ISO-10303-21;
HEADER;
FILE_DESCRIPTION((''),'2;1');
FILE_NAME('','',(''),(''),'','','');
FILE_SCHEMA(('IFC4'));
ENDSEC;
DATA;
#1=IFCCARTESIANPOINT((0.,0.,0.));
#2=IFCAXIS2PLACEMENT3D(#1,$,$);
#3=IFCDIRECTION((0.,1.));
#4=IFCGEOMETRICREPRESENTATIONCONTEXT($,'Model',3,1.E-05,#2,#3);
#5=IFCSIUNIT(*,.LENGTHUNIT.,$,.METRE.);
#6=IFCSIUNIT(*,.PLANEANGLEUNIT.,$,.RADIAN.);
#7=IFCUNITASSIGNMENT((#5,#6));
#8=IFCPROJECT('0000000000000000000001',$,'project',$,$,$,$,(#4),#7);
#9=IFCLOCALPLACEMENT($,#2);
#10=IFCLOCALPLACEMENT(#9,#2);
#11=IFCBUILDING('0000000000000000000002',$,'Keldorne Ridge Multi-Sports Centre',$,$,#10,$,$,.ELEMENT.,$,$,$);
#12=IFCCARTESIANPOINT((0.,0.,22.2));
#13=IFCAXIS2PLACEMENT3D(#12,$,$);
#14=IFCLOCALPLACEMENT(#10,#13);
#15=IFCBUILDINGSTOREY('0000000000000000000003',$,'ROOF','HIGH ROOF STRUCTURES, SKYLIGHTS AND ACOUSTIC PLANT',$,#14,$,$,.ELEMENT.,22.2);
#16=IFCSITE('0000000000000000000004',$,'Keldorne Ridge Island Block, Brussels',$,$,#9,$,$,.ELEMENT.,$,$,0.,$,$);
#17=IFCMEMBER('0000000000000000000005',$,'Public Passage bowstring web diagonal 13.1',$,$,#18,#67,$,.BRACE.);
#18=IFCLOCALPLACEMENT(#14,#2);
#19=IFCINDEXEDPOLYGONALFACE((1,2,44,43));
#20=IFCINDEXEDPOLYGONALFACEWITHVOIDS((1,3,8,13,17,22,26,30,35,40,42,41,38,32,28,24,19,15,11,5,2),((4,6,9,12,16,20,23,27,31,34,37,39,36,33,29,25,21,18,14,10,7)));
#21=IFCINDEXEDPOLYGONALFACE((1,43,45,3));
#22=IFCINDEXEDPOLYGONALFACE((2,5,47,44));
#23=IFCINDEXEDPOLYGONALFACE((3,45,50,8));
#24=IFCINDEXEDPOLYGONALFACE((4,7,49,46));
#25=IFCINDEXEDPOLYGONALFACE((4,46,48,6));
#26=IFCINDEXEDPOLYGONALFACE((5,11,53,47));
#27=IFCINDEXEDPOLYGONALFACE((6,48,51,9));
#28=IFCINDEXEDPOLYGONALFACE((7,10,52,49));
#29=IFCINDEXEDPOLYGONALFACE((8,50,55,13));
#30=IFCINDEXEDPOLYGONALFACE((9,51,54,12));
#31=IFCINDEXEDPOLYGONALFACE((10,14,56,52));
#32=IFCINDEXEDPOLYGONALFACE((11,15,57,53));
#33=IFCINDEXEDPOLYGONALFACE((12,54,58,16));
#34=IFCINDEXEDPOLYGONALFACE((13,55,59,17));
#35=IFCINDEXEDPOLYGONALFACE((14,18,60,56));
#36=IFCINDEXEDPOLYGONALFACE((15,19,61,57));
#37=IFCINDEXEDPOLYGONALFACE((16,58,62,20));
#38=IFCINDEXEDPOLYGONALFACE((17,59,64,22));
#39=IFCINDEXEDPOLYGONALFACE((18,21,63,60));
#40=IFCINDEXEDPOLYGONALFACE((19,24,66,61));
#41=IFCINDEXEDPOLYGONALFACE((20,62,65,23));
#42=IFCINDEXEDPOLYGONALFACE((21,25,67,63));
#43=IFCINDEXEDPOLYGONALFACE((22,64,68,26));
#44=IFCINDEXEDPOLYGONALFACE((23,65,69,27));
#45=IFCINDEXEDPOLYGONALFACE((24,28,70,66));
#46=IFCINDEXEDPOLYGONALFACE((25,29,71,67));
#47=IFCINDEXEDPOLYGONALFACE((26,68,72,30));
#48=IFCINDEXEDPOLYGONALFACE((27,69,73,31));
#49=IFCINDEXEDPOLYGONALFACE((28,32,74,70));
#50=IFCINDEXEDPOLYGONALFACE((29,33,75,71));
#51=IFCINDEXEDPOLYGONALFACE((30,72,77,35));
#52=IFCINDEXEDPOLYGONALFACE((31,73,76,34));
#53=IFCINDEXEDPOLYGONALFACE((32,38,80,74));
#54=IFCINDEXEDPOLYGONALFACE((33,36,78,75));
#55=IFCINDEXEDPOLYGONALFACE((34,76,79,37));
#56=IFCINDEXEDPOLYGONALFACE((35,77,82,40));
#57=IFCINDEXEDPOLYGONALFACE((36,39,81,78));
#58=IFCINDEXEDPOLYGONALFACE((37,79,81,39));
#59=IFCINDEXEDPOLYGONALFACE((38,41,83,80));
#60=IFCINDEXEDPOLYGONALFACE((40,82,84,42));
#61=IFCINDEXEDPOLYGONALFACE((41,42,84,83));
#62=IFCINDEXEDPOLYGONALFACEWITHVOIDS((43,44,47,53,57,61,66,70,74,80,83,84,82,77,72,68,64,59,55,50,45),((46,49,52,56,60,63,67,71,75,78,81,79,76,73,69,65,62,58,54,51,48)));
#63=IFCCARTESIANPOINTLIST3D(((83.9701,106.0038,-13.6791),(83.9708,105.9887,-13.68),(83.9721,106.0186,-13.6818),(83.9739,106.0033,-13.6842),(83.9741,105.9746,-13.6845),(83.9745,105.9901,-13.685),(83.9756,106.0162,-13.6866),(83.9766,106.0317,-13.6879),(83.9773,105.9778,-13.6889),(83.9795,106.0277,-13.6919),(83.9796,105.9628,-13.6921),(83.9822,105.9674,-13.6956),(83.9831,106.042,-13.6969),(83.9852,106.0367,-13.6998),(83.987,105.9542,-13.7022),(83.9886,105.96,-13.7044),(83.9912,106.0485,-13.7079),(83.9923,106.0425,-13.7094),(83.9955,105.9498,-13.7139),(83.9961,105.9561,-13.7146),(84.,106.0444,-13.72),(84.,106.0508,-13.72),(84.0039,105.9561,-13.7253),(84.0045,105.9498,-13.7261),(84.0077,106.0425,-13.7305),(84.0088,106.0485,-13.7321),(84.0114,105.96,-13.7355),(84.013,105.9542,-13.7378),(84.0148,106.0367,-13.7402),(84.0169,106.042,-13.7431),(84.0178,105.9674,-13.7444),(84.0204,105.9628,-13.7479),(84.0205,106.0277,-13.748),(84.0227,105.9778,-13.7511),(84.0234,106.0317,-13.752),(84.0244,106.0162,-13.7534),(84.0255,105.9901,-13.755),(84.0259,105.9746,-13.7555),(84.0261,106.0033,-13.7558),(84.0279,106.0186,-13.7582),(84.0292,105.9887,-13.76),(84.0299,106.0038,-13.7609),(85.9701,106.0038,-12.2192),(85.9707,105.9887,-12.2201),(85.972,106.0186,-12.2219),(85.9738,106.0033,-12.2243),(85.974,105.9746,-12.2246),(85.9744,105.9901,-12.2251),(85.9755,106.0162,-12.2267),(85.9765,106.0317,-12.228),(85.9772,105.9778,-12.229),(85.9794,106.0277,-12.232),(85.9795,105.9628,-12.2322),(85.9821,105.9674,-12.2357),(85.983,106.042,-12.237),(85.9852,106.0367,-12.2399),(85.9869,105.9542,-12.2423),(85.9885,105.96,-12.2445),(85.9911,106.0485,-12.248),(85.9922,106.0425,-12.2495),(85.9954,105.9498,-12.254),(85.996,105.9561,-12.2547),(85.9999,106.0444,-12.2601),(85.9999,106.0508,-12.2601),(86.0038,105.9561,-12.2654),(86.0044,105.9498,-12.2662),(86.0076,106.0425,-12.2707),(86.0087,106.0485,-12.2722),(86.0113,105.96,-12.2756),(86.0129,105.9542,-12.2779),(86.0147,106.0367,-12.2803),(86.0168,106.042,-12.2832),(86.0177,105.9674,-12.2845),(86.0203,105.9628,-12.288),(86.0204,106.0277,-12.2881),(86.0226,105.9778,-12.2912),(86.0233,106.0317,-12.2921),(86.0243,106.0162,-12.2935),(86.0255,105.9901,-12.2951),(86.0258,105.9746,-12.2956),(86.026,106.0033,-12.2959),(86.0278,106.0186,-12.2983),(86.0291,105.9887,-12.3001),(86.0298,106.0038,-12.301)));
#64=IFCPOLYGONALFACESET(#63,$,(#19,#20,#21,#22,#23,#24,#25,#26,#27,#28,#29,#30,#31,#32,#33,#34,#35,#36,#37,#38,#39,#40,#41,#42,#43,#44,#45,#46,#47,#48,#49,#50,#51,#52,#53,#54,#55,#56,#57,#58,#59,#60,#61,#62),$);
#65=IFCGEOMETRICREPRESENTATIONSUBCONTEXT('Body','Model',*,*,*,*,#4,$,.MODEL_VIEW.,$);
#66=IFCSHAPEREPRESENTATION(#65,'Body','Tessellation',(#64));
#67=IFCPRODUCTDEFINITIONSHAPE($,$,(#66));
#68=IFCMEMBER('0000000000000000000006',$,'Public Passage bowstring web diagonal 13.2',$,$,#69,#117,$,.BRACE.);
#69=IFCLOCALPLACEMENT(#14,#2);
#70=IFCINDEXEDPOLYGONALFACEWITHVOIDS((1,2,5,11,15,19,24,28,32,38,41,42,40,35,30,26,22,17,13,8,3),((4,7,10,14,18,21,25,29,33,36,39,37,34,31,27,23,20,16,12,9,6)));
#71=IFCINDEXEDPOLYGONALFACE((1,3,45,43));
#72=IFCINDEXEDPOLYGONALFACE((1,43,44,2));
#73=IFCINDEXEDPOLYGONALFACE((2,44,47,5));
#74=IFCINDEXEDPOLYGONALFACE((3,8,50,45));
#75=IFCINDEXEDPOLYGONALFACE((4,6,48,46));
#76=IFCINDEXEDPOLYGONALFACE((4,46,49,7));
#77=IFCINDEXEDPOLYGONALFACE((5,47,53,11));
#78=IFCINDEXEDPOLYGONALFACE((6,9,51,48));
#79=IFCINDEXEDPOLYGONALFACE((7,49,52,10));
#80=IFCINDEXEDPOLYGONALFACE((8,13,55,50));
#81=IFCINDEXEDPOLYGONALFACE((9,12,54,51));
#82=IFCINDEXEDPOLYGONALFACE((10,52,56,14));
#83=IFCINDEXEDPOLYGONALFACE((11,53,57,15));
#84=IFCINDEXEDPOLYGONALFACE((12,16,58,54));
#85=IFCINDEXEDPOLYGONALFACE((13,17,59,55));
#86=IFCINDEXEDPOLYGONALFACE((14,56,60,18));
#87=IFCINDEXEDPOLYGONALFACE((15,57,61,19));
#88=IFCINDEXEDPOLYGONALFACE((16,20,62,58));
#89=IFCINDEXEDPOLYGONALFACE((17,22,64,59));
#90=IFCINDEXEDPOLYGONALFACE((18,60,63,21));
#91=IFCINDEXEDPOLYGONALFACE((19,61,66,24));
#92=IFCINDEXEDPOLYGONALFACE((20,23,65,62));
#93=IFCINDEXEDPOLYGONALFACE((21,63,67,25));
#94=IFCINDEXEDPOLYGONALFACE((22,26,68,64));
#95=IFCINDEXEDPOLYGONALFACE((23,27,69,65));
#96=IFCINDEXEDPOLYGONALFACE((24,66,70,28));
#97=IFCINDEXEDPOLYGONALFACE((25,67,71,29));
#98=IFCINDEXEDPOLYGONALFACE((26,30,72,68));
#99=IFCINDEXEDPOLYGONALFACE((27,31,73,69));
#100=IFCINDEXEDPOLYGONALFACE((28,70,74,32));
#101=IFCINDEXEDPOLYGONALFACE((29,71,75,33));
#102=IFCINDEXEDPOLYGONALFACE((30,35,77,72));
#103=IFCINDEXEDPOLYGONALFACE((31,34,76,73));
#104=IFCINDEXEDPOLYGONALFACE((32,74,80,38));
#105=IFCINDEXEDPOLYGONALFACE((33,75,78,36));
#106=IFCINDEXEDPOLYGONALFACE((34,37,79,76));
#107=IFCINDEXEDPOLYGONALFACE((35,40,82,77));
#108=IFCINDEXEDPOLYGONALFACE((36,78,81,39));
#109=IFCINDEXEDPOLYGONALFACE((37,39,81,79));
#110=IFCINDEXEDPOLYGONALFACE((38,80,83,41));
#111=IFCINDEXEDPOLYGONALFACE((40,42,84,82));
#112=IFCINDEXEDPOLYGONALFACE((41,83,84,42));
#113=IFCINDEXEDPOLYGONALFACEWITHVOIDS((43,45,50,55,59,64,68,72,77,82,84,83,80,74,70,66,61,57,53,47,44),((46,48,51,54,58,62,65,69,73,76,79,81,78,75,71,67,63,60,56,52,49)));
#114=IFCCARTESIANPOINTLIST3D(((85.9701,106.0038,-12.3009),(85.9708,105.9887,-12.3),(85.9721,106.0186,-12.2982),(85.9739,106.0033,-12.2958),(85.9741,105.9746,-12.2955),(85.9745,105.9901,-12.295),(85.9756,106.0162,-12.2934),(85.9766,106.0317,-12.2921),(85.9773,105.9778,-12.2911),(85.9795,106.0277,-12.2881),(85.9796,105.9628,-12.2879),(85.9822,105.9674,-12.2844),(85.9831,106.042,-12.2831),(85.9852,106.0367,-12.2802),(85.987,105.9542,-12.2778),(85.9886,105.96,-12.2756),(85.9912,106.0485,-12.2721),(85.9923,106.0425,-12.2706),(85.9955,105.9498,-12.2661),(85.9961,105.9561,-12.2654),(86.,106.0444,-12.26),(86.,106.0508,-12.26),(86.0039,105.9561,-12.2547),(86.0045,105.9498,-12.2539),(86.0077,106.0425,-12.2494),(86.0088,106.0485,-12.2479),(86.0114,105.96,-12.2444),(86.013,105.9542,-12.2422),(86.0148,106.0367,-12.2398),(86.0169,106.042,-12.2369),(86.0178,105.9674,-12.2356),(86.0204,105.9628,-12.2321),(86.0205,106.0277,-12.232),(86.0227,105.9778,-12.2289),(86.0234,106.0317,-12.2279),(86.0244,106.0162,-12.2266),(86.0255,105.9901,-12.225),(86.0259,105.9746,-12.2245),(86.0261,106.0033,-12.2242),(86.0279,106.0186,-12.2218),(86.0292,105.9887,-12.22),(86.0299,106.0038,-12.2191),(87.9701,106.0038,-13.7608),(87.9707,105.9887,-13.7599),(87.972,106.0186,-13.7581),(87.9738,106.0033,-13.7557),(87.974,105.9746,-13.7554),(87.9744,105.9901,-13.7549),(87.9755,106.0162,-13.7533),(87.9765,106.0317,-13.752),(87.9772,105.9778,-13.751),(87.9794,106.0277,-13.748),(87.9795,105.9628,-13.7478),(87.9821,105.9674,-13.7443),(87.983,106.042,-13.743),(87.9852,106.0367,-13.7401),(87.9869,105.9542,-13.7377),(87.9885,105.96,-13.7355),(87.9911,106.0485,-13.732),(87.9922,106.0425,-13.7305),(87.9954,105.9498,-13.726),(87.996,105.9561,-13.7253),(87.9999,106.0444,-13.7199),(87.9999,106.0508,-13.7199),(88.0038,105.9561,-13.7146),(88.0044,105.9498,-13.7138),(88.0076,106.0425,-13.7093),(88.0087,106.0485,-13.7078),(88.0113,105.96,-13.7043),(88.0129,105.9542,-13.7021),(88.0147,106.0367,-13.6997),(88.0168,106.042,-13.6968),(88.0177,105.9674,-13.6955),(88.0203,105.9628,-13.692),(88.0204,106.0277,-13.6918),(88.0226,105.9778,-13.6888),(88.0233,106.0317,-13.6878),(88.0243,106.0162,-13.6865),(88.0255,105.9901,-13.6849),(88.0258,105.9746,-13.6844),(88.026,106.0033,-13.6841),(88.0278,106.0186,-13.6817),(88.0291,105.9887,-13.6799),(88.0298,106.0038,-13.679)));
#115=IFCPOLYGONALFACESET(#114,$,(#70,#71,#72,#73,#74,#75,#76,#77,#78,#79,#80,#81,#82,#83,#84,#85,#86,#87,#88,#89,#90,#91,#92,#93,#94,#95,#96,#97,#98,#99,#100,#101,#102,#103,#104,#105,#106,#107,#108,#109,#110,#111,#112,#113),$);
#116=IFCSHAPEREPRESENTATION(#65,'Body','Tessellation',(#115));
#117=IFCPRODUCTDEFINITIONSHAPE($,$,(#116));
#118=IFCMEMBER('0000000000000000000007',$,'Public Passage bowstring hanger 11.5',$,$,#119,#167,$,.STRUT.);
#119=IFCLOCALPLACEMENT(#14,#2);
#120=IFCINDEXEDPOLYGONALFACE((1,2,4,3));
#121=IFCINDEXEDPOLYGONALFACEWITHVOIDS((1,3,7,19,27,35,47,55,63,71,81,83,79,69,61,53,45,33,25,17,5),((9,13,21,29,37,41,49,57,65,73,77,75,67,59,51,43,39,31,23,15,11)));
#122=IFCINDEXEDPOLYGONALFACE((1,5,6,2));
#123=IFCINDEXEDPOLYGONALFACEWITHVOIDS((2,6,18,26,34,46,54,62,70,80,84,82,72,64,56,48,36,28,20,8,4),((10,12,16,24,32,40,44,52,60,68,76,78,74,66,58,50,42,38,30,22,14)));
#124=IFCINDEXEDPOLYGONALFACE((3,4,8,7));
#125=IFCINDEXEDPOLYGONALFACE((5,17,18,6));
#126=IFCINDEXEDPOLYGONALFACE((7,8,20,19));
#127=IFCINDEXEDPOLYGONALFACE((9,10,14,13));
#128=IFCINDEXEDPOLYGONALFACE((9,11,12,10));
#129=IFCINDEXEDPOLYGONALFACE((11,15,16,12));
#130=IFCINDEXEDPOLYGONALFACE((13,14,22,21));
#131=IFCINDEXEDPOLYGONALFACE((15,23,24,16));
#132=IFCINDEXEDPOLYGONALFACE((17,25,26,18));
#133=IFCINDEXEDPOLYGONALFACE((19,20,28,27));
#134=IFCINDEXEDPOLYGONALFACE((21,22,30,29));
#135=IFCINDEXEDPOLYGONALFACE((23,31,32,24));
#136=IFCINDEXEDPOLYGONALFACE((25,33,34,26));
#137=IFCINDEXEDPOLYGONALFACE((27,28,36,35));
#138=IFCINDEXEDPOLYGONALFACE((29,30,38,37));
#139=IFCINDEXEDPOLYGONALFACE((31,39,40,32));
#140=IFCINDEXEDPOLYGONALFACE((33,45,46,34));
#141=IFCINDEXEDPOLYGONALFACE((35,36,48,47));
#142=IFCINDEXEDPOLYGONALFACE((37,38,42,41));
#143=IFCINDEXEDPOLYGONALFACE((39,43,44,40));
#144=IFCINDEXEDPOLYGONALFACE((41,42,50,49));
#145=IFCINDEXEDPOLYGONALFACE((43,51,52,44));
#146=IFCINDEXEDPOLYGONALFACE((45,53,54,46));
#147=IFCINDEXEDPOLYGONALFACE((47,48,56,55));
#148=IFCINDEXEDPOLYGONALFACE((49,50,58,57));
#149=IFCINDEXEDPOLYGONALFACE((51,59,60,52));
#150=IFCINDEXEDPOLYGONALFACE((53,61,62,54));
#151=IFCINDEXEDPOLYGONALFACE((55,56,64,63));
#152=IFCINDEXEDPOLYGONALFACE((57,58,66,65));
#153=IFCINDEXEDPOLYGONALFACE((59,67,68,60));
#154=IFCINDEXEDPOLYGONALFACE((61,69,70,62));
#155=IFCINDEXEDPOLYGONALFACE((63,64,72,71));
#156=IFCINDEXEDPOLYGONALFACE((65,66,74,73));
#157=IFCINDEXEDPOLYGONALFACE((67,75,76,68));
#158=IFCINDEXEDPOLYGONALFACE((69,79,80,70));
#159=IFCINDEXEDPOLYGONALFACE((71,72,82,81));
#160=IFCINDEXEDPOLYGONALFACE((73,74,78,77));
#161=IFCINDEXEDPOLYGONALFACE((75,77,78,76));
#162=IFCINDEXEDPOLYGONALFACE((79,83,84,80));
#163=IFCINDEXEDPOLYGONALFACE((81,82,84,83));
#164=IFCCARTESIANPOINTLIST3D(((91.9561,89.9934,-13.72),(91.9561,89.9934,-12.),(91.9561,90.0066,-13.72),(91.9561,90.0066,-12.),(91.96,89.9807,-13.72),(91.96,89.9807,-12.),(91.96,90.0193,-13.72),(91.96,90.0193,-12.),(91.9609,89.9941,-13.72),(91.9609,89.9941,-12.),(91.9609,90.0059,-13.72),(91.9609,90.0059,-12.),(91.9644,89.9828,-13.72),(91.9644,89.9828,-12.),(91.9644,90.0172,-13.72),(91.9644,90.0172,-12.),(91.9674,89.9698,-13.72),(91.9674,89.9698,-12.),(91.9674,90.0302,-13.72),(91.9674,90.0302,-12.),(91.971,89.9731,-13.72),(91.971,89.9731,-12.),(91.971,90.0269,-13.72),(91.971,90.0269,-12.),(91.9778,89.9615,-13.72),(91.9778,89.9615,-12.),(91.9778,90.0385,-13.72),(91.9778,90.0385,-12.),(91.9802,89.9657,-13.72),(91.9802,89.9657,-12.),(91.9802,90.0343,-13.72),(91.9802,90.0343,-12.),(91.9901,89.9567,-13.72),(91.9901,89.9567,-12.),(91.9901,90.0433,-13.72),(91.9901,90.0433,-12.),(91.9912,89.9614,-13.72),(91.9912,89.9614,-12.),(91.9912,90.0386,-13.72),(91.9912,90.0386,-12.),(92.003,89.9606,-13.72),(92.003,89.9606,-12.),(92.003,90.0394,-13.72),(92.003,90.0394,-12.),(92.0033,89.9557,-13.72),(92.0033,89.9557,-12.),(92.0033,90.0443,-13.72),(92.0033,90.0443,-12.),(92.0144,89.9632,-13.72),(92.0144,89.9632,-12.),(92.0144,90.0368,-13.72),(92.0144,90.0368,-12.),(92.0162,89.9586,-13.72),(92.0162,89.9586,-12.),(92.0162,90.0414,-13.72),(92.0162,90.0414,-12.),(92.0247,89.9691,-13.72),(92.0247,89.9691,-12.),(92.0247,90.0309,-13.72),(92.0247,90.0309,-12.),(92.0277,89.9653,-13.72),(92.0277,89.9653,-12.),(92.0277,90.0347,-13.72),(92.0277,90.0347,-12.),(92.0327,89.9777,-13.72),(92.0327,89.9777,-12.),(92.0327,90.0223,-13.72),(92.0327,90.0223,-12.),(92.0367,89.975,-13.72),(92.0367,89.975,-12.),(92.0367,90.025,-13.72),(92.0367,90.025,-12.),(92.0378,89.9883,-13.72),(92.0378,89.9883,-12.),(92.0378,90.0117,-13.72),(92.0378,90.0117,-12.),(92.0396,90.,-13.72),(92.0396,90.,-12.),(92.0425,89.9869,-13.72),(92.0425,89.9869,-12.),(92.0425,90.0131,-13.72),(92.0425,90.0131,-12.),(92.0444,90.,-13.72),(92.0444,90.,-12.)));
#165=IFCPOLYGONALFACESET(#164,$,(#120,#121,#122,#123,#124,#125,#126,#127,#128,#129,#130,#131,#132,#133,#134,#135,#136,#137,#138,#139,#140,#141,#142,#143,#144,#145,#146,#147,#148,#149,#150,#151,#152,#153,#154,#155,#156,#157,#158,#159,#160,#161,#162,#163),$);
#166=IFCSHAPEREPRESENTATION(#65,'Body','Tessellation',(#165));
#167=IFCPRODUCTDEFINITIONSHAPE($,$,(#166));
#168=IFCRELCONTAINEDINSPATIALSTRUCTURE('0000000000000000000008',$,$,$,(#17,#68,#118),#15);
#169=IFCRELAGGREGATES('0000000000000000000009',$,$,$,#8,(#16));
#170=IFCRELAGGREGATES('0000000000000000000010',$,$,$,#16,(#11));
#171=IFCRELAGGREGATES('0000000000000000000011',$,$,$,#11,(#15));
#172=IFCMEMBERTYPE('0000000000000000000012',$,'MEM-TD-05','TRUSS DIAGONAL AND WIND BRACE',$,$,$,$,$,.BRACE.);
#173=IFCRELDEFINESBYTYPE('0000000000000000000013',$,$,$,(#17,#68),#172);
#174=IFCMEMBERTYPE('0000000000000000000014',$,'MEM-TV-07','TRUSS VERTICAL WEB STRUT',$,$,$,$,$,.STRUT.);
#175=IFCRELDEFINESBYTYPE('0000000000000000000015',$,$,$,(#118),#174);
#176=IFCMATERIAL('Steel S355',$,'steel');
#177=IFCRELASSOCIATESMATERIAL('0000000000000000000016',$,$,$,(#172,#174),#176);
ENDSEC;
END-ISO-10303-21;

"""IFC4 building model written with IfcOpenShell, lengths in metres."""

from ifc_helpers import new_model, si_unit, direction, frame, origin, origin_2d, place, context, subcontext, project, spatial, hollow_circle, extrude, material, material_profile, profile_set, type_object, element, save


model = new_model("IFC4")

# Units and contexts
model_context = context("Model", 3, precision=1e-05, world=origin(), true_north=direction((0.0, 1.0)))
body_context = subcontext(model_context, "Body", "Model", "MODEL_VIEW")
ifc_project = project(units=[si_unit("LENGTHUNIT", "METRE"), si_unit("PLANEANGLEUNIT", "RADIAN")], contexts=[model_context])

# Site, building, storey
site_placement = place(None, origin())
site = spatial("IfcSite", under=ifc_project, at=site_placement, Name="Keldorne Ridge Island Block, Brussels", CompositionType="ELEMENT", RefElevation=0.0)
building_placement = place(site_placement, origin())
building = spatial("IfcBuilding", under=site, at=building_placement, Name="Keldorne Ridge Multi-Sports Centre", CompositionType="ELEMENT")
storey_placement = place(building_placement, frame((0.0, 0.0, 22.2)))
storey = spatial("IfcBuildingStorey", under=building, at=storey_placement, Name="ROOF", Description="HIGH ROOF STRUCTURES, SKYLIGHTS AND ACOUSTIC PLANT", CompositionType="ELEMENT", Elevation=22.2)

# Members
ifc_material = material(Name="Steel S355", Category="steel")
ifc_material_profile_1 = material_profile(ifc_material, hollow_circle(Radius=0.0508, WallThickness=0.0063, at=origin_2d()), Name="CHS 101.6x6.3")
ifc_profile_set_1 = profile_set([ifc_material_profile_1], Name="Steel S355")
member_type_1 = type_object("IfcMemberType", Name="MEM-TD-05", Description="TRUSS DIAGONAL AND WIND BRACE", PredefinedType="BRACE", material=ifc_profile_set_1)
for number, where, z_axis, x_axis, name in (
    (1, (84.0, 106.0, -13.72), (0.807695, 0.0, 0.589601), (0.0, 1.0, 0.0), "Public Passage bowstring web diagonal 13.1"),
    (2, (86.0, 106.0, -12.26), (0.807695, 0.0, -0.589601), (0.0, 1.0, 0.0), "Public Passage bowstring web diagonal 13.2"),
):
    element("IfcMember", number, at=place(storey_placement, frame(where, z_axis=z_axis, x_axis=x_axis)), inside=storey, type_object=member_type_1, Name=name, PredefinedType="BRACE", context=body_context, shape_type="SweptSolid", body=[
        extrude(hollow_circle(Radius=0.0508, WallThickness=0.0063, at=origin_2d()), origin(), (0.0, 0.0, 1.0), 2.4761),
    ])
ifc_material_profile_2 = material_profile(ifc_material, hollow_circle(Radius=0.0444, WallThickness=0.0049, at=origin_2d()), Name="CHS 88.9x5")
ifc_profile_set_2 = profile_set([ifc_material_profile_2], Name="Steel S355")
member_type_2 = type_object("IfcMemberType", Name="MEM-TV-07", Description="TRUSS VERTICAL WEB STRUT", PredefinedType="STRUT", material=ifc_profile_set_2)
member_1_placement = place(storey_placement, frame((92.0, 90.0, -13.72), z_axis=(0.0, 0.0, 1.0), x_axis=(1.0, 0.0, 0.0)))
element("IfcMember", 3, at=member_1_placement, inside=storey, type_object=member_type_2, Name="Public Passage bowstring hanger 11.5", PredefinedType="STRUT", context=body_context, shape_type="SweptSolid", body=[
    extrude(hollow_circle(Radius=0.0444, WallThickness=0.0049, at=origin_2d()), origin(), (0.0, 0.0, 1.0), 1.72),
])

save(model, "model.ifc")
